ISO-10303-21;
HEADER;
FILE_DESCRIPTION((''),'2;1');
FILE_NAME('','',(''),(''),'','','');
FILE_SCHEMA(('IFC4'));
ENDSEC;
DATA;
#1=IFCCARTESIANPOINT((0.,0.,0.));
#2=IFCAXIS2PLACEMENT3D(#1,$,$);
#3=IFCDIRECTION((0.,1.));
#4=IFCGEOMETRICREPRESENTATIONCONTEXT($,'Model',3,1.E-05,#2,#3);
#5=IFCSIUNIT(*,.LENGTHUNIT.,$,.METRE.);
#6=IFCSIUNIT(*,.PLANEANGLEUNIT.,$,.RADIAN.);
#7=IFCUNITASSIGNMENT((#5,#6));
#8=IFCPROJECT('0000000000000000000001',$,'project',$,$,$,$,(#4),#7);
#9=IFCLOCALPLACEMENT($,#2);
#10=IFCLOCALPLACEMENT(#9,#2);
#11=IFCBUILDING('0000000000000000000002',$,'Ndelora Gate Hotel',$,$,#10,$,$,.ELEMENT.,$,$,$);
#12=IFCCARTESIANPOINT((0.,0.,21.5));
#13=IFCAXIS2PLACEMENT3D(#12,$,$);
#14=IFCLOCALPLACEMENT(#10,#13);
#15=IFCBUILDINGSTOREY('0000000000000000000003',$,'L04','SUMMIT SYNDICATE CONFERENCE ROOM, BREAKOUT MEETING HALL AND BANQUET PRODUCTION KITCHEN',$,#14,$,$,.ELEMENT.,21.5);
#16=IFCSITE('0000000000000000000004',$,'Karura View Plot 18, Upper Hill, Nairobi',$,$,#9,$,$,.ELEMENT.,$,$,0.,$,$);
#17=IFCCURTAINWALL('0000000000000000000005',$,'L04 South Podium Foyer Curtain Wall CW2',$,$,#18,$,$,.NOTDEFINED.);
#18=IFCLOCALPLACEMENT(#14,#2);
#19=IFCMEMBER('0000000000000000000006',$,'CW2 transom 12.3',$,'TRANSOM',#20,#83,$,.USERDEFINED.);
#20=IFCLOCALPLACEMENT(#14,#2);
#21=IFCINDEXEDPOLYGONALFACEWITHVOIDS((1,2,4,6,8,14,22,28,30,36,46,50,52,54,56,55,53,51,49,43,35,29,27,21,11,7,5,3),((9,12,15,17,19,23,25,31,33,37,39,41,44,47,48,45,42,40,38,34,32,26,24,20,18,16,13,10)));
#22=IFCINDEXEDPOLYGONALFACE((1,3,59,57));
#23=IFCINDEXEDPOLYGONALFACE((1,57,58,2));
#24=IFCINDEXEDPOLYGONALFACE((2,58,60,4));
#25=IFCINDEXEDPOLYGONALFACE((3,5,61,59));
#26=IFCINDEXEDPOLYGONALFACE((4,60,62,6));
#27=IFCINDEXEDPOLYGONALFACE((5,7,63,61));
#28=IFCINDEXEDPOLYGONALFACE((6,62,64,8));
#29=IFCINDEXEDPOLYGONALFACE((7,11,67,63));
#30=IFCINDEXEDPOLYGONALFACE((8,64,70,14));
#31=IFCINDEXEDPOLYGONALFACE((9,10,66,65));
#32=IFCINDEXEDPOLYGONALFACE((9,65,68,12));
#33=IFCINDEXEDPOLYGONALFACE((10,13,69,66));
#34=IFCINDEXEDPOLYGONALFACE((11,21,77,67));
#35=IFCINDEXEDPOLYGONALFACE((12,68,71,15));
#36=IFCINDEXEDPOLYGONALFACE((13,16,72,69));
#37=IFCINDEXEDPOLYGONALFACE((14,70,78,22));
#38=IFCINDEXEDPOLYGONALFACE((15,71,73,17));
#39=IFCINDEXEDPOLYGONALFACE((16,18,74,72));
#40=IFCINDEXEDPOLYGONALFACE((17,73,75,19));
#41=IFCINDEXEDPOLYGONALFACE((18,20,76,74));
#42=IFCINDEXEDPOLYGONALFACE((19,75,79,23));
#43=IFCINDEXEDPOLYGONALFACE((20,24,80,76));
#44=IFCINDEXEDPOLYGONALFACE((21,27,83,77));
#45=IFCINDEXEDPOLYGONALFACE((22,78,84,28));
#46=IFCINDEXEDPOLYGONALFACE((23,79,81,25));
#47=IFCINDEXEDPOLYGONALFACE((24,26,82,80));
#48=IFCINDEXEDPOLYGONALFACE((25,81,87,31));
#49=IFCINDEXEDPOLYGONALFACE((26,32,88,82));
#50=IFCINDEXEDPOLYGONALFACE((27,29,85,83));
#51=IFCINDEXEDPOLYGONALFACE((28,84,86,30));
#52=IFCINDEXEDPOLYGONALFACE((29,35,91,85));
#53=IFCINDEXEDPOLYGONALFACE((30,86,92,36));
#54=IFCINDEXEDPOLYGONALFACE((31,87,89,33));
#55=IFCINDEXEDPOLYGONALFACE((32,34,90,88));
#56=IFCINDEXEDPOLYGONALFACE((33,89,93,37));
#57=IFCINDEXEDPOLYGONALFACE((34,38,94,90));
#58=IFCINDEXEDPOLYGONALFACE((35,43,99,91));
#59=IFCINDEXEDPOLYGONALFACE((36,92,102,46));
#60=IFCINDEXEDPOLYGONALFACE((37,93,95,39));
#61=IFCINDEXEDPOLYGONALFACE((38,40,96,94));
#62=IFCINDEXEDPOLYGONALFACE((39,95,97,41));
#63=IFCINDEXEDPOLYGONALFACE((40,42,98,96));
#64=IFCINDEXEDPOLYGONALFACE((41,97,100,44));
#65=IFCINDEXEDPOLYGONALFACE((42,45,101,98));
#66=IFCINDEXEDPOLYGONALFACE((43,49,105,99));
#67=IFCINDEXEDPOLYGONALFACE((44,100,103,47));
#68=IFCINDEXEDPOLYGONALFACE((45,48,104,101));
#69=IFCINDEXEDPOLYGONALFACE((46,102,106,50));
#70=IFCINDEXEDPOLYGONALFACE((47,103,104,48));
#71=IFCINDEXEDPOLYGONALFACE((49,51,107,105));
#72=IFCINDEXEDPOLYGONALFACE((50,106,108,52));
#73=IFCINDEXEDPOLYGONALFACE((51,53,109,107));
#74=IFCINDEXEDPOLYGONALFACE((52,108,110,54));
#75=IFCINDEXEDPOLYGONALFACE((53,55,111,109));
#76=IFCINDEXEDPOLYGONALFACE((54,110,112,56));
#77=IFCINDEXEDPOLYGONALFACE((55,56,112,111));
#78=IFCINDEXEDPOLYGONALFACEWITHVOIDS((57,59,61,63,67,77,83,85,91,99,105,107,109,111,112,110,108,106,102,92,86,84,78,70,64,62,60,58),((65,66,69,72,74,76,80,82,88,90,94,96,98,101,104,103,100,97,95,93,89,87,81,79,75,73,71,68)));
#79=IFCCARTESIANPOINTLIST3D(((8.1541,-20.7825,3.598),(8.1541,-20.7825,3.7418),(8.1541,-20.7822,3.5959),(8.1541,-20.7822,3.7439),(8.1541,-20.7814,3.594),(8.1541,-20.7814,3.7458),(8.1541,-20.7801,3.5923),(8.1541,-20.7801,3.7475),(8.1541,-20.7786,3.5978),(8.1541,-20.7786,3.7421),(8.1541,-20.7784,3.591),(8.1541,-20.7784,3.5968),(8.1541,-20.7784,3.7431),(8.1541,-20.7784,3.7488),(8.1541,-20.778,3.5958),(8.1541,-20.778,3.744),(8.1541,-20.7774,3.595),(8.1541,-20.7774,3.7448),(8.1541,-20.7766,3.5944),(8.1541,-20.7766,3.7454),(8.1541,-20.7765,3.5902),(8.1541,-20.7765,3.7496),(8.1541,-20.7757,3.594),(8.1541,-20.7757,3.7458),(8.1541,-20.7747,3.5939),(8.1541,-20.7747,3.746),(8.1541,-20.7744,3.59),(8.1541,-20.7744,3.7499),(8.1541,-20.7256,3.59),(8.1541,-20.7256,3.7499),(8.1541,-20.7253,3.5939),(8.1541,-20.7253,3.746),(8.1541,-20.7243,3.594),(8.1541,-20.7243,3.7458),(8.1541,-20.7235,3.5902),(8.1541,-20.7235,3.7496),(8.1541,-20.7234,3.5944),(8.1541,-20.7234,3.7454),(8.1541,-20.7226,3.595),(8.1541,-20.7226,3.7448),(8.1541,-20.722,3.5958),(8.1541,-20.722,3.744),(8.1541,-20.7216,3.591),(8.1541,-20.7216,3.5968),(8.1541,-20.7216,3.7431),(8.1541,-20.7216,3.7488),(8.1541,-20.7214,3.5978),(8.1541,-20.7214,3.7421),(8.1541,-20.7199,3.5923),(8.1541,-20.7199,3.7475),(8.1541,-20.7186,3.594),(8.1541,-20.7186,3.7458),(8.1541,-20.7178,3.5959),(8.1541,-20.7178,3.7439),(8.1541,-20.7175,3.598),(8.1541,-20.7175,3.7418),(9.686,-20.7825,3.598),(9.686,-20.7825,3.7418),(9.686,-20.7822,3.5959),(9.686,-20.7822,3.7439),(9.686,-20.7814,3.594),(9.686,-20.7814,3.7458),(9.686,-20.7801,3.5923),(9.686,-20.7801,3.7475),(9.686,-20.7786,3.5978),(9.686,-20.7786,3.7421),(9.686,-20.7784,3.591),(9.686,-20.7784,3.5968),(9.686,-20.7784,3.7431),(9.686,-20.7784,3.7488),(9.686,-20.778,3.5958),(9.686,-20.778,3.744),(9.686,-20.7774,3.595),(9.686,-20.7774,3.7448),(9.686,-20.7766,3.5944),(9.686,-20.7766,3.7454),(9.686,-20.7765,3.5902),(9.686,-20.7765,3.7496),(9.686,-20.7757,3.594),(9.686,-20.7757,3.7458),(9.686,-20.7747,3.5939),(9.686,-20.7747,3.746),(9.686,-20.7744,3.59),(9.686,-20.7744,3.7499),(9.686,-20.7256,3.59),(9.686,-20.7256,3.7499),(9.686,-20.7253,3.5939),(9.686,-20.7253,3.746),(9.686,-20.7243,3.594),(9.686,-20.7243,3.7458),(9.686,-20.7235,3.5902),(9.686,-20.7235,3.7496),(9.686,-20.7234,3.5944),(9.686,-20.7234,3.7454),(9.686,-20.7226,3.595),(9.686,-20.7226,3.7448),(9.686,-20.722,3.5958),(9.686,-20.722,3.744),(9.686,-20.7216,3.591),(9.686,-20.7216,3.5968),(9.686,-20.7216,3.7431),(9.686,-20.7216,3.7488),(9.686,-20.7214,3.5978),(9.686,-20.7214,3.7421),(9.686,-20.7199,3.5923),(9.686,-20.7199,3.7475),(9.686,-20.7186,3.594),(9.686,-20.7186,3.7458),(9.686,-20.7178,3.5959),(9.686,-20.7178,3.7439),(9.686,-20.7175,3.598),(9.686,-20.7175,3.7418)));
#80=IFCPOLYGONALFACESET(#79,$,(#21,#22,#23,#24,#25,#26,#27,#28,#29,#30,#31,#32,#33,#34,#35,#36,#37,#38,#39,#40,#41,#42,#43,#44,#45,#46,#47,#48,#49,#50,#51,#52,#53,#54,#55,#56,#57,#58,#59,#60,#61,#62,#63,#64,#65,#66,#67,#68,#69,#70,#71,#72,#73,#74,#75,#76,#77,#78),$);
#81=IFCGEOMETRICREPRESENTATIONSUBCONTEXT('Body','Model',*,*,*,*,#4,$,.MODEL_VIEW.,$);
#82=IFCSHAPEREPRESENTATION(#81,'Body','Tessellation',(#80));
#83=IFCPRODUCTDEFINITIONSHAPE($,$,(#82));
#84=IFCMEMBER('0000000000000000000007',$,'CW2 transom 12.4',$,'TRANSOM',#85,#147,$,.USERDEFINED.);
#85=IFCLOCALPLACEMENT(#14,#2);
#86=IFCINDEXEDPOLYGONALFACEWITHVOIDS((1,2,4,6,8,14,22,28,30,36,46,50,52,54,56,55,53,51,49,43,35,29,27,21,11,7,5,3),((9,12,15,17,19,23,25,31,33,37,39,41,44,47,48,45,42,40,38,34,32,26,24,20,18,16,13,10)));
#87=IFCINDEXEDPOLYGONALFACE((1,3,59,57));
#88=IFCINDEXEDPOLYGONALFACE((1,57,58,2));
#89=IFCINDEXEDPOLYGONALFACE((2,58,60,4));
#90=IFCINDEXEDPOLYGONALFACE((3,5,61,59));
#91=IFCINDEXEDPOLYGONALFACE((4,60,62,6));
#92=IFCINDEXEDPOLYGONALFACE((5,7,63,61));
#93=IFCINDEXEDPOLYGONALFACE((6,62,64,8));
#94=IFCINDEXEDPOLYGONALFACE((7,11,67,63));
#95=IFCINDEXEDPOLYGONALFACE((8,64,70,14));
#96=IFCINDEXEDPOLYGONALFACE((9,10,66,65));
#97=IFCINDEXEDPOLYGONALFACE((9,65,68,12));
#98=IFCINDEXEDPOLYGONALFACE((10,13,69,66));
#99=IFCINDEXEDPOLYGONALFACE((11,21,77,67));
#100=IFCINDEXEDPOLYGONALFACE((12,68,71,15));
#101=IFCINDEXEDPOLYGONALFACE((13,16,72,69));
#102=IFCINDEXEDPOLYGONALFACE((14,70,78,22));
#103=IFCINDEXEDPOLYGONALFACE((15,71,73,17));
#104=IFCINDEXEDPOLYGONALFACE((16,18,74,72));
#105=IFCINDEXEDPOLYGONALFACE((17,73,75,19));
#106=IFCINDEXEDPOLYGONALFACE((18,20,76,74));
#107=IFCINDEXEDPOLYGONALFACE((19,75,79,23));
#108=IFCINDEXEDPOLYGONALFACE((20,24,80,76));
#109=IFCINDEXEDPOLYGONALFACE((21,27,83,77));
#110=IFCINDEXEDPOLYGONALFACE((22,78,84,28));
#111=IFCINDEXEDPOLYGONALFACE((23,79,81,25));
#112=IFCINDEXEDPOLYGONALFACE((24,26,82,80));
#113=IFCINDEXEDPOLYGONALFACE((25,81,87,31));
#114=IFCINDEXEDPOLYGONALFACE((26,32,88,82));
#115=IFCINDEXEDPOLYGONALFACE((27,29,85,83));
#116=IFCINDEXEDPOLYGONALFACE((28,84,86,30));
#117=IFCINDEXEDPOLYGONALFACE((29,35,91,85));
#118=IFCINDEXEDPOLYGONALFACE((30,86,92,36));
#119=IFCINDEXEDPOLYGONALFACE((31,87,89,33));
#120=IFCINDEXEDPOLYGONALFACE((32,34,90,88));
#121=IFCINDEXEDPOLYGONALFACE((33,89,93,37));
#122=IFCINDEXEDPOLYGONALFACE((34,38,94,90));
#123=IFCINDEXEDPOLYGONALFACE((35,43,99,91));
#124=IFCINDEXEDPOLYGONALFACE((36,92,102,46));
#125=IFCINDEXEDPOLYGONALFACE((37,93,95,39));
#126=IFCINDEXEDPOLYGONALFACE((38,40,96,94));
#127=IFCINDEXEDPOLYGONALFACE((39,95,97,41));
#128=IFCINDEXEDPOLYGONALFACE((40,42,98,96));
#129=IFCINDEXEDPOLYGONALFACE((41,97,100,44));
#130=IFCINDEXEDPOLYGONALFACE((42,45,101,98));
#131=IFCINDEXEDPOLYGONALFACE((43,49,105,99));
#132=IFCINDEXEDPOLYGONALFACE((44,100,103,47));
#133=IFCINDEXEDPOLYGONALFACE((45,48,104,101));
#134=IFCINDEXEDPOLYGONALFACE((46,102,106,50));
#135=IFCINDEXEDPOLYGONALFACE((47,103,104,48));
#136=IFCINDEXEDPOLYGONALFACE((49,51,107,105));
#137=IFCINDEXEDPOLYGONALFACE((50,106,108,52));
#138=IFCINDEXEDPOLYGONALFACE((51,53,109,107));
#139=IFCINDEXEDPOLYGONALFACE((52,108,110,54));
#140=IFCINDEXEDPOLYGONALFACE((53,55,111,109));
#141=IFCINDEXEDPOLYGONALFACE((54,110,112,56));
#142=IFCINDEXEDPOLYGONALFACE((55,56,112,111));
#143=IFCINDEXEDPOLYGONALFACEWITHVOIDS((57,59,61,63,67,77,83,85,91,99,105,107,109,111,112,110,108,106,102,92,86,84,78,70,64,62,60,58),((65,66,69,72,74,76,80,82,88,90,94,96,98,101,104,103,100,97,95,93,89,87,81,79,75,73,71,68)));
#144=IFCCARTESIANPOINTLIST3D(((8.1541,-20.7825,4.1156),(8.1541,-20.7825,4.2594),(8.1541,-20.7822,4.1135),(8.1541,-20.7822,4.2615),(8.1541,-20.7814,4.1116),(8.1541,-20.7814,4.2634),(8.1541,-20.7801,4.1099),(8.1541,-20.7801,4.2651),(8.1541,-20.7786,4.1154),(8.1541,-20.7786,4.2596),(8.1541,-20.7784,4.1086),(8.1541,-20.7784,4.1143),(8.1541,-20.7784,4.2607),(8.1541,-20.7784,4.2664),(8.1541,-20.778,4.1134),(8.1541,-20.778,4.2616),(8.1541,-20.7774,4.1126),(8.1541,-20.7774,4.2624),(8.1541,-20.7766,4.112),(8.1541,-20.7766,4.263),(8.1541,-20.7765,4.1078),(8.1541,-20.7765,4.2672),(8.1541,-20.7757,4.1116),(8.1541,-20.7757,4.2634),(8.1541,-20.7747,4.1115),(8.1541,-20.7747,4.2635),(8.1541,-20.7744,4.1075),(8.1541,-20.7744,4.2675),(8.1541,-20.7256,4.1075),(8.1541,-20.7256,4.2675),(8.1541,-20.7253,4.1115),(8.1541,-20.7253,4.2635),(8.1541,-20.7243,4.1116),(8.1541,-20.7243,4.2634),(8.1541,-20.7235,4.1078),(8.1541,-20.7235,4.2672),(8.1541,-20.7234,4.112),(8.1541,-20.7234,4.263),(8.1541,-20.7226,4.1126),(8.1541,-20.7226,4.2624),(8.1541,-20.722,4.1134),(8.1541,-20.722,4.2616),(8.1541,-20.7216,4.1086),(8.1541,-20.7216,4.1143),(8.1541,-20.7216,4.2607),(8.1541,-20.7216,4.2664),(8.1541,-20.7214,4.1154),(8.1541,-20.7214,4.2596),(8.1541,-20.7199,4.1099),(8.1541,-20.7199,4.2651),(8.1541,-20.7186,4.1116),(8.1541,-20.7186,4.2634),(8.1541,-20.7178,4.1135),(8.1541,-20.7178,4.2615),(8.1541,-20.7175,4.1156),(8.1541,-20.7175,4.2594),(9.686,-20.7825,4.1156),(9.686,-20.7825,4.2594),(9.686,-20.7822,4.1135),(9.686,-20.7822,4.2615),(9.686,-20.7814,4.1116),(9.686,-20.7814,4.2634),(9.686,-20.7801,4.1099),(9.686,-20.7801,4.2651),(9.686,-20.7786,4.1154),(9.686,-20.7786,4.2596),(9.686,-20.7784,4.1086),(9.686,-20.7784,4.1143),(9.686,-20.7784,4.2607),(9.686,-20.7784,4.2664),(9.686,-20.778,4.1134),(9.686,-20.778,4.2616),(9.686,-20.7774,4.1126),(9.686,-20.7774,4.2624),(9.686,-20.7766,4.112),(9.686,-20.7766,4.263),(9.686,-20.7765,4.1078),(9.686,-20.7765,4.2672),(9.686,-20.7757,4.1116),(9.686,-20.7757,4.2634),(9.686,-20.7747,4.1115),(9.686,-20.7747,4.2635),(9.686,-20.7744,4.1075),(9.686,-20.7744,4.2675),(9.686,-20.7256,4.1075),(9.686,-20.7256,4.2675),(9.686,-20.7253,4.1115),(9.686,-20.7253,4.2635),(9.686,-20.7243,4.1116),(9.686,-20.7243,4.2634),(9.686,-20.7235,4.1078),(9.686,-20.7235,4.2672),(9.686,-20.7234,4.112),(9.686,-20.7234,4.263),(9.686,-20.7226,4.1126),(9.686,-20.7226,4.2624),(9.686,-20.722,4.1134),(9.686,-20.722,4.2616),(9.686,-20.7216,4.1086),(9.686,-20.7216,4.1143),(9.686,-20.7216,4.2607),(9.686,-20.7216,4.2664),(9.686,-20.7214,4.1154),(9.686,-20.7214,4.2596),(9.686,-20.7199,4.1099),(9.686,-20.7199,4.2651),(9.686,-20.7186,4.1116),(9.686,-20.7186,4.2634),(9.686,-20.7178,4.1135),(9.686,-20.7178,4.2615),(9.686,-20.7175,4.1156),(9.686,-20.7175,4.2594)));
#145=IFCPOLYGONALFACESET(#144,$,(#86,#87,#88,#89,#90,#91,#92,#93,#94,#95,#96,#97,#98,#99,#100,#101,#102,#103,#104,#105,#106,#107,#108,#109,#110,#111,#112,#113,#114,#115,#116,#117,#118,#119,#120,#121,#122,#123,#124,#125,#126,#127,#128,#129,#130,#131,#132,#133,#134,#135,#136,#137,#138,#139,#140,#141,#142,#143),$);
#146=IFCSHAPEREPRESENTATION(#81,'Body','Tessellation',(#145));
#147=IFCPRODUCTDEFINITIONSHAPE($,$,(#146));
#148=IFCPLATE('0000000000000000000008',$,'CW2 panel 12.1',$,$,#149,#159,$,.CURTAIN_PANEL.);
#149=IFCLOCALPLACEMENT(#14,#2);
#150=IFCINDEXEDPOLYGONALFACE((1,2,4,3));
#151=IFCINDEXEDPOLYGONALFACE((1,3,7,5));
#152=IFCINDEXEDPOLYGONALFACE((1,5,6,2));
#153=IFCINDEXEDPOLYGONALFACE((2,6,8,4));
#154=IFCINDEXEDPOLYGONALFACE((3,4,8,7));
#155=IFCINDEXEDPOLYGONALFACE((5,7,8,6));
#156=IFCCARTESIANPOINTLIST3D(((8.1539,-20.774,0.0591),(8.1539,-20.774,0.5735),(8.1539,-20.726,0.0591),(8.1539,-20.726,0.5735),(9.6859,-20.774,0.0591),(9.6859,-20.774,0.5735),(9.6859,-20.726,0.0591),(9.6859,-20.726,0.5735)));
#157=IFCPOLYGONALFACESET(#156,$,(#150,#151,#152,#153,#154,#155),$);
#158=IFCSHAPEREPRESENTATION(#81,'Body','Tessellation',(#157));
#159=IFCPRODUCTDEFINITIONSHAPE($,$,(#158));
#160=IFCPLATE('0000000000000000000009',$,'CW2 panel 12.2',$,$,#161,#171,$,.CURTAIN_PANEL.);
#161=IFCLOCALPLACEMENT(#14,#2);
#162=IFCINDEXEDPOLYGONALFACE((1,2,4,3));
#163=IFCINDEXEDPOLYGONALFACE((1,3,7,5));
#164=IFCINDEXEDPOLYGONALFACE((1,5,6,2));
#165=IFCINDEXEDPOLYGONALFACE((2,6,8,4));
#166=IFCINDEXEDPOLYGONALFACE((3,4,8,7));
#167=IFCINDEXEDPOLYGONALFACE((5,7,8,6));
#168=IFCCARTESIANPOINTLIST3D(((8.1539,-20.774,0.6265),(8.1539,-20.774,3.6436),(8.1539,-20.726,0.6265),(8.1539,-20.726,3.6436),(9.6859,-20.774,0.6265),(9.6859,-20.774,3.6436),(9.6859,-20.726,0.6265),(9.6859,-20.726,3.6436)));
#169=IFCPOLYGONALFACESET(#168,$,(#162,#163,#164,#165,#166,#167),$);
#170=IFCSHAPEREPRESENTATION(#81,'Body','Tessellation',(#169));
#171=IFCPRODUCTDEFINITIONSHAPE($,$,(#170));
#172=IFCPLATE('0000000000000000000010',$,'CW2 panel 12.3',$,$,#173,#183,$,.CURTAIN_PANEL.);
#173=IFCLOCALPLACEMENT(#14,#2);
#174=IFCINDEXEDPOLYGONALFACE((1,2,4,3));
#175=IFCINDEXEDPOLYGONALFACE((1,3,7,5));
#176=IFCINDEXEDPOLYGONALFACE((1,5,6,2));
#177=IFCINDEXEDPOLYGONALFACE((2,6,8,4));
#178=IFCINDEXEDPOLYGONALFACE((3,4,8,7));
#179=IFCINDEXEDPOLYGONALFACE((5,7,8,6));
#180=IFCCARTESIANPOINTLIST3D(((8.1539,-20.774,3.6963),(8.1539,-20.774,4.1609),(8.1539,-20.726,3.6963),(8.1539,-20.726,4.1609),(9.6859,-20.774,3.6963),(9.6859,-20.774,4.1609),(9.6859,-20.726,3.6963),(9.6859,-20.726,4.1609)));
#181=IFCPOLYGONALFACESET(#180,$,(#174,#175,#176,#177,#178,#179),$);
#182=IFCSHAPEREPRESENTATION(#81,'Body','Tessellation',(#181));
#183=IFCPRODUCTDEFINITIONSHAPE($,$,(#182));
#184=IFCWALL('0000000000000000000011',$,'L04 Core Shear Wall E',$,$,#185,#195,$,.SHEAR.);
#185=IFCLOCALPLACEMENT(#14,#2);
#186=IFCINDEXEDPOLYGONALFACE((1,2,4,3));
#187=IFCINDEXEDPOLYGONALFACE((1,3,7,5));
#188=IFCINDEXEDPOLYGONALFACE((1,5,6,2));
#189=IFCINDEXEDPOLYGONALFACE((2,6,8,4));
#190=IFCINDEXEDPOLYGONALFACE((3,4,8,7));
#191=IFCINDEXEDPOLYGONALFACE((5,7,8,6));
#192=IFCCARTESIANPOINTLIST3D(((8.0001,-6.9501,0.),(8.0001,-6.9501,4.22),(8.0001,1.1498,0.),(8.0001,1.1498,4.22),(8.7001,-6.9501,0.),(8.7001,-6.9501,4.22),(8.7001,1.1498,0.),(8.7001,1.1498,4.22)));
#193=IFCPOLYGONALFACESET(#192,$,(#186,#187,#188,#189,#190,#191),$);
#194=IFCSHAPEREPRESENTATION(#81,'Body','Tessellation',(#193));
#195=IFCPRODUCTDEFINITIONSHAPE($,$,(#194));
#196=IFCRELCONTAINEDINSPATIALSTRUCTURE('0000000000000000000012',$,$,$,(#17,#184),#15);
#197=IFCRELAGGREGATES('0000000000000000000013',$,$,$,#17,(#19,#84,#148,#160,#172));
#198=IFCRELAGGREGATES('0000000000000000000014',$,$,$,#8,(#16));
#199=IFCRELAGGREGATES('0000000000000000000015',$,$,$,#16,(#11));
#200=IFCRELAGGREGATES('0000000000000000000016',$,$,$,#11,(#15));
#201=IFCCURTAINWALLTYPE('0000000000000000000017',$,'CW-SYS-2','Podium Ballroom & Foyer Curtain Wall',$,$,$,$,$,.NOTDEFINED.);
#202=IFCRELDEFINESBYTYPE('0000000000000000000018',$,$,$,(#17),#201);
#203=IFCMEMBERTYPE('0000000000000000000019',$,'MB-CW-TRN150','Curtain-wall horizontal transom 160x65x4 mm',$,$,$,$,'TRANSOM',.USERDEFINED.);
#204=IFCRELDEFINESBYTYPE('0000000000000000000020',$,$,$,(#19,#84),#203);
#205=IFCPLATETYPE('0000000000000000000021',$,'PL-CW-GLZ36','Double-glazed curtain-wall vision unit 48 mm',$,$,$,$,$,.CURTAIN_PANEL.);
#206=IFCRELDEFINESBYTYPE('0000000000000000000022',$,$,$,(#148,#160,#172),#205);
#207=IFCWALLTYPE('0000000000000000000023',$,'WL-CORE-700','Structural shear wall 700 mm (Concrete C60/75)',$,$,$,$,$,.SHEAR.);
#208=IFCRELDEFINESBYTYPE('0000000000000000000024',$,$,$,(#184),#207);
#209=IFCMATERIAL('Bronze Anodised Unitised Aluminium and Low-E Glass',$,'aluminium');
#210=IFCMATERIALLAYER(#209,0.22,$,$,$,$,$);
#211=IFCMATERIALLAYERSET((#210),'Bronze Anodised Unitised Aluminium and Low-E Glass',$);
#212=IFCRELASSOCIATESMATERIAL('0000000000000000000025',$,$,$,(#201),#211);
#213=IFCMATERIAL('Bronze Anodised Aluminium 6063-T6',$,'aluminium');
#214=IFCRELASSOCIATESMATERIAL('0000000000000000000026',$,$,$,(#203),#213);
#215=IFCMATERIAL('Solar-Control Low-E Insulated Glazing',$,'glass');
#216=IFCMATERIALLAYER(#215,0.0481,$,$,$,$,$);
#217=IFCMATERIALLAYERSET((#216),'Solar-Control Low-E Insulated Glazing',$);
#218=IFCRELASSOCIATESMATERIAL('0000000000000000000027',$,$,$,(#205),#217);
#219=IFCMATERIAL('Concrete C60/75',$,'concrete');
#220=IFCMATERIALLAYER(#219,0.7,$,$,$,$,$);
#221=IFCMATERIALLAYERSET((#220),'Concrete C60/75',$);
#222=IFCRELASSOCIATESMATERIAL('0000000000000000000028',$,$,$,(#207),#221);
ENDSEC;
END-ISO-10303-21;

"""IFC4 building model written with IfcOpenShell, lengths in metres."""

from ifc_helpers import new_model, si_unit, direction, frame, frame_2d, origin, origin_2d, place, context, subcontext, project, spatial, rectangle, hollow_rectangle, extrude, material, layer, layer_set, material_profile, profile_set, type_object, element, aggregate, save


model = new_model("IFC4")

# Units and contexts
model_context = context("Model", 3, precision=1e-05, world=origin(), true_north=direction((0.0, 1.0)))
body_context = subcontext(model_context, "Body", "Model", "MODEL_VIEW")
ifc_project = project(units=[si_unit("LENGTHUNIT", "METRE"), si_unit("PLANEANGLEUNIT", "RADIAN")], contexts=[model_context])

# Site, building, storey
site_placement = place(None, origin())
site = spatial("IfcSite", under=ifc_project, at=site_placement, Name="Karura View Plot 18, Upper Hill, Nairobi", CompositionType="ELEMENT", RefElevation=0.0)
building_placement = place(site_placement, origin())
building = spatial("IfcBuilding", under=site, at=building_placement, Name="Ndelora Gate Hotel", CompositionType="ELEMENT")
storey_placement = place(building_placement, frame((0.0, 0.0, 21.5)))
storey = spatial("IfcBuildingStorey", under=building, at=storey_placement, Name="L04", Description="SUMMIT SYNDICATE CONFERENCE ROOM, BREAKOUT MEETING HALL AND BANQUET PRODUCTION KITCHEN", CompositionType="ELEMENT", Elevation=21.5)

# Shared definitions
ifc_material_1 = material(Name="Concrete C60/75", Category="concrete")

# Curtain wall, members, plates
ifc_material_2 = material(Name="Bronze Anodised Unitised Aluminium and Low-E Glass", Category="aluminium")
ifc_layer_1 = layer(ifc_material_2, 0.22)
ifc_layer_set_1 = layer_set([ifc_layer_1], Name="Bronze Anodised Unitised Aluminium and Low-E Glass")
curtain_wall_type = type_object("IfcCurtainWallType", Name="CW-SYS-2", Description="Podium Ballroom & Foyer Curtain Wall", PredefinedType="NOTDEFINED", material=ifc_layer_set_1)
curtain_wall_placement = place(storey_placement, origin())
curtain_wall = element("IfcCurtainWall", 1, at=curtain_wall_placement, inside=storey, type_object=curtain_wall_type, Name="L04 South Podium Foyer Curtain Wall CW2", PredefinedType="NOTDEFINED")
ifc_material_3 = material(Name="Bronze Anodised Aluminium 6063-T6", Category="aluminium")
ifc_material_profile_1 = material_profile(ifc_material_3, hollow_rectangle(XDim=0.0649, YDim=0.1599, WallThickness=0.0039, InnerFilletRadius=0.0039, OuterFilletRadius=0.0081, at=origin_2d()), Name="ALU 160x65x4")
ifc_profile_set_1 = profile_set([ifc_material_profile_1], Name="Bronze Anodised Aluminium 6063-T6")
member_type_1 = type_object("IfcMemberType", Name="MB-CW-TRN150", Description="Curtain-wall horizontal transom 160x65x4 mm", ElementType="TRANSOM", PredefinedType="USERDEFINED", material=ifc_profile_set_1)
member_1_placement = place(storey_placement, frame((8.1541, -20.75, 3.6699), z_axis=(1.0, 0.0, 0.0), x_axis=(0.0, 1.0, 0.0)))
member_1 = element("IfcMember", 2, at=member_1_placement, type_object=member_type_1, Name="CW2 transom 12.3", ObjectType="TRANSOM", PredefinedType="USERDEFINED", context=body_context, shape_type="SweptSolid", body=[
    extrude(hollow_rectangle(XDim=0.0649, YDim=0.1599, WallThickness=0.0039, InnerFilletRadius=0.0039, OuterFilletRadius=0.0081, at=origin_2d()), origin(), (0.0, 0.0, 1.0), 1.532),
])
member_2_placement = place(storey_placement, frame((8.1541, -20.75, 4.1875), z_axis=(1.0, 0.0, 0.0), x_axis=(0.0, 1.0, 0.0)))
member_2 = element("IfcMember", 3, at=member_2_placement, type_object=member_type_1, Name="CW2 transom 12.4", ObjectType="TRANSOM", PredefinedType="USERDEFINED", context=body_context, shape_type="SweptSolid", body=[
    extrude(hollow_rectangle(XDim=0.0649, YDim=0.1599, WallThickness=0.0039, InnerFilletRadius=0.0039, OuterFilletRadius=0.0081, at=origin_2d()), origin(), (0.0, 0.0, 1.0), 1.532),
])
ifc_material_4 = material(Name="Solar-Control Low-E Insulated Glazing", Category="glass")
ifc_layer_2 = layer(ifc_material_4, 0.0481)
ifc_layer_set_2 = layer_set([ifc_layer_2], Name="Solar-Control Low-E Insulated Glazing")
plate_type = type_object("IfcPlateType", Name="PL-CW-GLZ36", Description="Double-glazed curtain-wall vision unit 48 mm", PredefinedType="CURTAIN_PANEL", material=ifc_layer_set_2)
plate_1_placement = place(storey_placement, frame((8.9199, -20.75, 0.0591), z_axis=(0.0, 0.0, 1.0), x_axis=(1.0, 0.0, 0.0)))
plate_1 = element("IfcPlate", 4, at=plate_1_placement, type_object=plate_type, Name="CW2 panel 12.1", PredefinedType="CURTAIN_PANEL", context=body_context, shape_type="SweptSolid", body=[
    extrude(rectangle(XDim=1.532, YDim=0.0481, at=origin_2d()), origin(), (0.0, 0.0, 1.0), 0.5144),
])
plate_2_placement = place(storey_placement, frame((8.9199, -20.75, 0.6265), z_axis=(0.0, 0.0, 1.0), x_axis=(1.0, 0.0, 0.0)))
plate_2 = element("IfcPlate", 5, at=plate_2_placement, type_object=plate_type, Name="CW2 panel 12.2", PredefinedType="CURTAIN_PANEL", context=body_context, shape_type="SweptSolid", body=[
    extrude(rectangle(XDim=1.532, YDim=0.0481, at=origin_2d()), origin(), (0.0, 0.0, 1.0), 3.0171),
])
plate_3_placement = place(storey_placement, frame((8.9199, -20.75, 3.6963), z_axis=(0.0, 0.0, 1.0), x_axis=(1.0, 0.0, 0.0)))
plate_3 = element("IfcPlate", 6, at=plate_3_placement, type_object=plate_type, Name="CW2 panel 12.3", PredefinedType="CURTAIN_PANEL", context=body_context, shape_type="SweptSolid", body=[
    extrude(rectangle(XDim=1.532, YDim=0.0481, at=origin_2d()), origin(), (0.0, 0.0, 1.0), 0.4646),
])
aggregate(curtain_wall, [member_1, member_2, plate_1, plate_2, plate_3])

# Wall
ifc_layer_3 = layer(ifc_material_1, 0.7)
ifc_layer_set_3 = layer_set([ifc_layer_3], Name="Concrete C60/75")
wall_type_1 = type_object("IfcWallType", Name="WL-CORE-700", Description="Structural shear wall 700 mm (Concrete C60/75)", PredefinedType="SHEAR", material=ifc_layer_set_3)
wall_1_placement = place(storey_placement, frame((8.3501, -6.95, 0.0), z_axis=(0.0, 0.0, 1.0), x_axis=(0.0, 1.0, 0.0)))
element("IfcWall", 7, at=wall_1_placement, inside=storey, type_object=wall_type_1, Name="L04 Core Shear Wall E", PredefinedType="SHEAR", context=body_context, shape_type="SweptSolid", body=[
    extrude(rectangle(XDim=8.0999, YDim=0.7, at=frame_2d((4.0498, 0.0))), origin(), (0.0, 0.0, 1.0), 4.22),
])

save(model, "model.ifc")
